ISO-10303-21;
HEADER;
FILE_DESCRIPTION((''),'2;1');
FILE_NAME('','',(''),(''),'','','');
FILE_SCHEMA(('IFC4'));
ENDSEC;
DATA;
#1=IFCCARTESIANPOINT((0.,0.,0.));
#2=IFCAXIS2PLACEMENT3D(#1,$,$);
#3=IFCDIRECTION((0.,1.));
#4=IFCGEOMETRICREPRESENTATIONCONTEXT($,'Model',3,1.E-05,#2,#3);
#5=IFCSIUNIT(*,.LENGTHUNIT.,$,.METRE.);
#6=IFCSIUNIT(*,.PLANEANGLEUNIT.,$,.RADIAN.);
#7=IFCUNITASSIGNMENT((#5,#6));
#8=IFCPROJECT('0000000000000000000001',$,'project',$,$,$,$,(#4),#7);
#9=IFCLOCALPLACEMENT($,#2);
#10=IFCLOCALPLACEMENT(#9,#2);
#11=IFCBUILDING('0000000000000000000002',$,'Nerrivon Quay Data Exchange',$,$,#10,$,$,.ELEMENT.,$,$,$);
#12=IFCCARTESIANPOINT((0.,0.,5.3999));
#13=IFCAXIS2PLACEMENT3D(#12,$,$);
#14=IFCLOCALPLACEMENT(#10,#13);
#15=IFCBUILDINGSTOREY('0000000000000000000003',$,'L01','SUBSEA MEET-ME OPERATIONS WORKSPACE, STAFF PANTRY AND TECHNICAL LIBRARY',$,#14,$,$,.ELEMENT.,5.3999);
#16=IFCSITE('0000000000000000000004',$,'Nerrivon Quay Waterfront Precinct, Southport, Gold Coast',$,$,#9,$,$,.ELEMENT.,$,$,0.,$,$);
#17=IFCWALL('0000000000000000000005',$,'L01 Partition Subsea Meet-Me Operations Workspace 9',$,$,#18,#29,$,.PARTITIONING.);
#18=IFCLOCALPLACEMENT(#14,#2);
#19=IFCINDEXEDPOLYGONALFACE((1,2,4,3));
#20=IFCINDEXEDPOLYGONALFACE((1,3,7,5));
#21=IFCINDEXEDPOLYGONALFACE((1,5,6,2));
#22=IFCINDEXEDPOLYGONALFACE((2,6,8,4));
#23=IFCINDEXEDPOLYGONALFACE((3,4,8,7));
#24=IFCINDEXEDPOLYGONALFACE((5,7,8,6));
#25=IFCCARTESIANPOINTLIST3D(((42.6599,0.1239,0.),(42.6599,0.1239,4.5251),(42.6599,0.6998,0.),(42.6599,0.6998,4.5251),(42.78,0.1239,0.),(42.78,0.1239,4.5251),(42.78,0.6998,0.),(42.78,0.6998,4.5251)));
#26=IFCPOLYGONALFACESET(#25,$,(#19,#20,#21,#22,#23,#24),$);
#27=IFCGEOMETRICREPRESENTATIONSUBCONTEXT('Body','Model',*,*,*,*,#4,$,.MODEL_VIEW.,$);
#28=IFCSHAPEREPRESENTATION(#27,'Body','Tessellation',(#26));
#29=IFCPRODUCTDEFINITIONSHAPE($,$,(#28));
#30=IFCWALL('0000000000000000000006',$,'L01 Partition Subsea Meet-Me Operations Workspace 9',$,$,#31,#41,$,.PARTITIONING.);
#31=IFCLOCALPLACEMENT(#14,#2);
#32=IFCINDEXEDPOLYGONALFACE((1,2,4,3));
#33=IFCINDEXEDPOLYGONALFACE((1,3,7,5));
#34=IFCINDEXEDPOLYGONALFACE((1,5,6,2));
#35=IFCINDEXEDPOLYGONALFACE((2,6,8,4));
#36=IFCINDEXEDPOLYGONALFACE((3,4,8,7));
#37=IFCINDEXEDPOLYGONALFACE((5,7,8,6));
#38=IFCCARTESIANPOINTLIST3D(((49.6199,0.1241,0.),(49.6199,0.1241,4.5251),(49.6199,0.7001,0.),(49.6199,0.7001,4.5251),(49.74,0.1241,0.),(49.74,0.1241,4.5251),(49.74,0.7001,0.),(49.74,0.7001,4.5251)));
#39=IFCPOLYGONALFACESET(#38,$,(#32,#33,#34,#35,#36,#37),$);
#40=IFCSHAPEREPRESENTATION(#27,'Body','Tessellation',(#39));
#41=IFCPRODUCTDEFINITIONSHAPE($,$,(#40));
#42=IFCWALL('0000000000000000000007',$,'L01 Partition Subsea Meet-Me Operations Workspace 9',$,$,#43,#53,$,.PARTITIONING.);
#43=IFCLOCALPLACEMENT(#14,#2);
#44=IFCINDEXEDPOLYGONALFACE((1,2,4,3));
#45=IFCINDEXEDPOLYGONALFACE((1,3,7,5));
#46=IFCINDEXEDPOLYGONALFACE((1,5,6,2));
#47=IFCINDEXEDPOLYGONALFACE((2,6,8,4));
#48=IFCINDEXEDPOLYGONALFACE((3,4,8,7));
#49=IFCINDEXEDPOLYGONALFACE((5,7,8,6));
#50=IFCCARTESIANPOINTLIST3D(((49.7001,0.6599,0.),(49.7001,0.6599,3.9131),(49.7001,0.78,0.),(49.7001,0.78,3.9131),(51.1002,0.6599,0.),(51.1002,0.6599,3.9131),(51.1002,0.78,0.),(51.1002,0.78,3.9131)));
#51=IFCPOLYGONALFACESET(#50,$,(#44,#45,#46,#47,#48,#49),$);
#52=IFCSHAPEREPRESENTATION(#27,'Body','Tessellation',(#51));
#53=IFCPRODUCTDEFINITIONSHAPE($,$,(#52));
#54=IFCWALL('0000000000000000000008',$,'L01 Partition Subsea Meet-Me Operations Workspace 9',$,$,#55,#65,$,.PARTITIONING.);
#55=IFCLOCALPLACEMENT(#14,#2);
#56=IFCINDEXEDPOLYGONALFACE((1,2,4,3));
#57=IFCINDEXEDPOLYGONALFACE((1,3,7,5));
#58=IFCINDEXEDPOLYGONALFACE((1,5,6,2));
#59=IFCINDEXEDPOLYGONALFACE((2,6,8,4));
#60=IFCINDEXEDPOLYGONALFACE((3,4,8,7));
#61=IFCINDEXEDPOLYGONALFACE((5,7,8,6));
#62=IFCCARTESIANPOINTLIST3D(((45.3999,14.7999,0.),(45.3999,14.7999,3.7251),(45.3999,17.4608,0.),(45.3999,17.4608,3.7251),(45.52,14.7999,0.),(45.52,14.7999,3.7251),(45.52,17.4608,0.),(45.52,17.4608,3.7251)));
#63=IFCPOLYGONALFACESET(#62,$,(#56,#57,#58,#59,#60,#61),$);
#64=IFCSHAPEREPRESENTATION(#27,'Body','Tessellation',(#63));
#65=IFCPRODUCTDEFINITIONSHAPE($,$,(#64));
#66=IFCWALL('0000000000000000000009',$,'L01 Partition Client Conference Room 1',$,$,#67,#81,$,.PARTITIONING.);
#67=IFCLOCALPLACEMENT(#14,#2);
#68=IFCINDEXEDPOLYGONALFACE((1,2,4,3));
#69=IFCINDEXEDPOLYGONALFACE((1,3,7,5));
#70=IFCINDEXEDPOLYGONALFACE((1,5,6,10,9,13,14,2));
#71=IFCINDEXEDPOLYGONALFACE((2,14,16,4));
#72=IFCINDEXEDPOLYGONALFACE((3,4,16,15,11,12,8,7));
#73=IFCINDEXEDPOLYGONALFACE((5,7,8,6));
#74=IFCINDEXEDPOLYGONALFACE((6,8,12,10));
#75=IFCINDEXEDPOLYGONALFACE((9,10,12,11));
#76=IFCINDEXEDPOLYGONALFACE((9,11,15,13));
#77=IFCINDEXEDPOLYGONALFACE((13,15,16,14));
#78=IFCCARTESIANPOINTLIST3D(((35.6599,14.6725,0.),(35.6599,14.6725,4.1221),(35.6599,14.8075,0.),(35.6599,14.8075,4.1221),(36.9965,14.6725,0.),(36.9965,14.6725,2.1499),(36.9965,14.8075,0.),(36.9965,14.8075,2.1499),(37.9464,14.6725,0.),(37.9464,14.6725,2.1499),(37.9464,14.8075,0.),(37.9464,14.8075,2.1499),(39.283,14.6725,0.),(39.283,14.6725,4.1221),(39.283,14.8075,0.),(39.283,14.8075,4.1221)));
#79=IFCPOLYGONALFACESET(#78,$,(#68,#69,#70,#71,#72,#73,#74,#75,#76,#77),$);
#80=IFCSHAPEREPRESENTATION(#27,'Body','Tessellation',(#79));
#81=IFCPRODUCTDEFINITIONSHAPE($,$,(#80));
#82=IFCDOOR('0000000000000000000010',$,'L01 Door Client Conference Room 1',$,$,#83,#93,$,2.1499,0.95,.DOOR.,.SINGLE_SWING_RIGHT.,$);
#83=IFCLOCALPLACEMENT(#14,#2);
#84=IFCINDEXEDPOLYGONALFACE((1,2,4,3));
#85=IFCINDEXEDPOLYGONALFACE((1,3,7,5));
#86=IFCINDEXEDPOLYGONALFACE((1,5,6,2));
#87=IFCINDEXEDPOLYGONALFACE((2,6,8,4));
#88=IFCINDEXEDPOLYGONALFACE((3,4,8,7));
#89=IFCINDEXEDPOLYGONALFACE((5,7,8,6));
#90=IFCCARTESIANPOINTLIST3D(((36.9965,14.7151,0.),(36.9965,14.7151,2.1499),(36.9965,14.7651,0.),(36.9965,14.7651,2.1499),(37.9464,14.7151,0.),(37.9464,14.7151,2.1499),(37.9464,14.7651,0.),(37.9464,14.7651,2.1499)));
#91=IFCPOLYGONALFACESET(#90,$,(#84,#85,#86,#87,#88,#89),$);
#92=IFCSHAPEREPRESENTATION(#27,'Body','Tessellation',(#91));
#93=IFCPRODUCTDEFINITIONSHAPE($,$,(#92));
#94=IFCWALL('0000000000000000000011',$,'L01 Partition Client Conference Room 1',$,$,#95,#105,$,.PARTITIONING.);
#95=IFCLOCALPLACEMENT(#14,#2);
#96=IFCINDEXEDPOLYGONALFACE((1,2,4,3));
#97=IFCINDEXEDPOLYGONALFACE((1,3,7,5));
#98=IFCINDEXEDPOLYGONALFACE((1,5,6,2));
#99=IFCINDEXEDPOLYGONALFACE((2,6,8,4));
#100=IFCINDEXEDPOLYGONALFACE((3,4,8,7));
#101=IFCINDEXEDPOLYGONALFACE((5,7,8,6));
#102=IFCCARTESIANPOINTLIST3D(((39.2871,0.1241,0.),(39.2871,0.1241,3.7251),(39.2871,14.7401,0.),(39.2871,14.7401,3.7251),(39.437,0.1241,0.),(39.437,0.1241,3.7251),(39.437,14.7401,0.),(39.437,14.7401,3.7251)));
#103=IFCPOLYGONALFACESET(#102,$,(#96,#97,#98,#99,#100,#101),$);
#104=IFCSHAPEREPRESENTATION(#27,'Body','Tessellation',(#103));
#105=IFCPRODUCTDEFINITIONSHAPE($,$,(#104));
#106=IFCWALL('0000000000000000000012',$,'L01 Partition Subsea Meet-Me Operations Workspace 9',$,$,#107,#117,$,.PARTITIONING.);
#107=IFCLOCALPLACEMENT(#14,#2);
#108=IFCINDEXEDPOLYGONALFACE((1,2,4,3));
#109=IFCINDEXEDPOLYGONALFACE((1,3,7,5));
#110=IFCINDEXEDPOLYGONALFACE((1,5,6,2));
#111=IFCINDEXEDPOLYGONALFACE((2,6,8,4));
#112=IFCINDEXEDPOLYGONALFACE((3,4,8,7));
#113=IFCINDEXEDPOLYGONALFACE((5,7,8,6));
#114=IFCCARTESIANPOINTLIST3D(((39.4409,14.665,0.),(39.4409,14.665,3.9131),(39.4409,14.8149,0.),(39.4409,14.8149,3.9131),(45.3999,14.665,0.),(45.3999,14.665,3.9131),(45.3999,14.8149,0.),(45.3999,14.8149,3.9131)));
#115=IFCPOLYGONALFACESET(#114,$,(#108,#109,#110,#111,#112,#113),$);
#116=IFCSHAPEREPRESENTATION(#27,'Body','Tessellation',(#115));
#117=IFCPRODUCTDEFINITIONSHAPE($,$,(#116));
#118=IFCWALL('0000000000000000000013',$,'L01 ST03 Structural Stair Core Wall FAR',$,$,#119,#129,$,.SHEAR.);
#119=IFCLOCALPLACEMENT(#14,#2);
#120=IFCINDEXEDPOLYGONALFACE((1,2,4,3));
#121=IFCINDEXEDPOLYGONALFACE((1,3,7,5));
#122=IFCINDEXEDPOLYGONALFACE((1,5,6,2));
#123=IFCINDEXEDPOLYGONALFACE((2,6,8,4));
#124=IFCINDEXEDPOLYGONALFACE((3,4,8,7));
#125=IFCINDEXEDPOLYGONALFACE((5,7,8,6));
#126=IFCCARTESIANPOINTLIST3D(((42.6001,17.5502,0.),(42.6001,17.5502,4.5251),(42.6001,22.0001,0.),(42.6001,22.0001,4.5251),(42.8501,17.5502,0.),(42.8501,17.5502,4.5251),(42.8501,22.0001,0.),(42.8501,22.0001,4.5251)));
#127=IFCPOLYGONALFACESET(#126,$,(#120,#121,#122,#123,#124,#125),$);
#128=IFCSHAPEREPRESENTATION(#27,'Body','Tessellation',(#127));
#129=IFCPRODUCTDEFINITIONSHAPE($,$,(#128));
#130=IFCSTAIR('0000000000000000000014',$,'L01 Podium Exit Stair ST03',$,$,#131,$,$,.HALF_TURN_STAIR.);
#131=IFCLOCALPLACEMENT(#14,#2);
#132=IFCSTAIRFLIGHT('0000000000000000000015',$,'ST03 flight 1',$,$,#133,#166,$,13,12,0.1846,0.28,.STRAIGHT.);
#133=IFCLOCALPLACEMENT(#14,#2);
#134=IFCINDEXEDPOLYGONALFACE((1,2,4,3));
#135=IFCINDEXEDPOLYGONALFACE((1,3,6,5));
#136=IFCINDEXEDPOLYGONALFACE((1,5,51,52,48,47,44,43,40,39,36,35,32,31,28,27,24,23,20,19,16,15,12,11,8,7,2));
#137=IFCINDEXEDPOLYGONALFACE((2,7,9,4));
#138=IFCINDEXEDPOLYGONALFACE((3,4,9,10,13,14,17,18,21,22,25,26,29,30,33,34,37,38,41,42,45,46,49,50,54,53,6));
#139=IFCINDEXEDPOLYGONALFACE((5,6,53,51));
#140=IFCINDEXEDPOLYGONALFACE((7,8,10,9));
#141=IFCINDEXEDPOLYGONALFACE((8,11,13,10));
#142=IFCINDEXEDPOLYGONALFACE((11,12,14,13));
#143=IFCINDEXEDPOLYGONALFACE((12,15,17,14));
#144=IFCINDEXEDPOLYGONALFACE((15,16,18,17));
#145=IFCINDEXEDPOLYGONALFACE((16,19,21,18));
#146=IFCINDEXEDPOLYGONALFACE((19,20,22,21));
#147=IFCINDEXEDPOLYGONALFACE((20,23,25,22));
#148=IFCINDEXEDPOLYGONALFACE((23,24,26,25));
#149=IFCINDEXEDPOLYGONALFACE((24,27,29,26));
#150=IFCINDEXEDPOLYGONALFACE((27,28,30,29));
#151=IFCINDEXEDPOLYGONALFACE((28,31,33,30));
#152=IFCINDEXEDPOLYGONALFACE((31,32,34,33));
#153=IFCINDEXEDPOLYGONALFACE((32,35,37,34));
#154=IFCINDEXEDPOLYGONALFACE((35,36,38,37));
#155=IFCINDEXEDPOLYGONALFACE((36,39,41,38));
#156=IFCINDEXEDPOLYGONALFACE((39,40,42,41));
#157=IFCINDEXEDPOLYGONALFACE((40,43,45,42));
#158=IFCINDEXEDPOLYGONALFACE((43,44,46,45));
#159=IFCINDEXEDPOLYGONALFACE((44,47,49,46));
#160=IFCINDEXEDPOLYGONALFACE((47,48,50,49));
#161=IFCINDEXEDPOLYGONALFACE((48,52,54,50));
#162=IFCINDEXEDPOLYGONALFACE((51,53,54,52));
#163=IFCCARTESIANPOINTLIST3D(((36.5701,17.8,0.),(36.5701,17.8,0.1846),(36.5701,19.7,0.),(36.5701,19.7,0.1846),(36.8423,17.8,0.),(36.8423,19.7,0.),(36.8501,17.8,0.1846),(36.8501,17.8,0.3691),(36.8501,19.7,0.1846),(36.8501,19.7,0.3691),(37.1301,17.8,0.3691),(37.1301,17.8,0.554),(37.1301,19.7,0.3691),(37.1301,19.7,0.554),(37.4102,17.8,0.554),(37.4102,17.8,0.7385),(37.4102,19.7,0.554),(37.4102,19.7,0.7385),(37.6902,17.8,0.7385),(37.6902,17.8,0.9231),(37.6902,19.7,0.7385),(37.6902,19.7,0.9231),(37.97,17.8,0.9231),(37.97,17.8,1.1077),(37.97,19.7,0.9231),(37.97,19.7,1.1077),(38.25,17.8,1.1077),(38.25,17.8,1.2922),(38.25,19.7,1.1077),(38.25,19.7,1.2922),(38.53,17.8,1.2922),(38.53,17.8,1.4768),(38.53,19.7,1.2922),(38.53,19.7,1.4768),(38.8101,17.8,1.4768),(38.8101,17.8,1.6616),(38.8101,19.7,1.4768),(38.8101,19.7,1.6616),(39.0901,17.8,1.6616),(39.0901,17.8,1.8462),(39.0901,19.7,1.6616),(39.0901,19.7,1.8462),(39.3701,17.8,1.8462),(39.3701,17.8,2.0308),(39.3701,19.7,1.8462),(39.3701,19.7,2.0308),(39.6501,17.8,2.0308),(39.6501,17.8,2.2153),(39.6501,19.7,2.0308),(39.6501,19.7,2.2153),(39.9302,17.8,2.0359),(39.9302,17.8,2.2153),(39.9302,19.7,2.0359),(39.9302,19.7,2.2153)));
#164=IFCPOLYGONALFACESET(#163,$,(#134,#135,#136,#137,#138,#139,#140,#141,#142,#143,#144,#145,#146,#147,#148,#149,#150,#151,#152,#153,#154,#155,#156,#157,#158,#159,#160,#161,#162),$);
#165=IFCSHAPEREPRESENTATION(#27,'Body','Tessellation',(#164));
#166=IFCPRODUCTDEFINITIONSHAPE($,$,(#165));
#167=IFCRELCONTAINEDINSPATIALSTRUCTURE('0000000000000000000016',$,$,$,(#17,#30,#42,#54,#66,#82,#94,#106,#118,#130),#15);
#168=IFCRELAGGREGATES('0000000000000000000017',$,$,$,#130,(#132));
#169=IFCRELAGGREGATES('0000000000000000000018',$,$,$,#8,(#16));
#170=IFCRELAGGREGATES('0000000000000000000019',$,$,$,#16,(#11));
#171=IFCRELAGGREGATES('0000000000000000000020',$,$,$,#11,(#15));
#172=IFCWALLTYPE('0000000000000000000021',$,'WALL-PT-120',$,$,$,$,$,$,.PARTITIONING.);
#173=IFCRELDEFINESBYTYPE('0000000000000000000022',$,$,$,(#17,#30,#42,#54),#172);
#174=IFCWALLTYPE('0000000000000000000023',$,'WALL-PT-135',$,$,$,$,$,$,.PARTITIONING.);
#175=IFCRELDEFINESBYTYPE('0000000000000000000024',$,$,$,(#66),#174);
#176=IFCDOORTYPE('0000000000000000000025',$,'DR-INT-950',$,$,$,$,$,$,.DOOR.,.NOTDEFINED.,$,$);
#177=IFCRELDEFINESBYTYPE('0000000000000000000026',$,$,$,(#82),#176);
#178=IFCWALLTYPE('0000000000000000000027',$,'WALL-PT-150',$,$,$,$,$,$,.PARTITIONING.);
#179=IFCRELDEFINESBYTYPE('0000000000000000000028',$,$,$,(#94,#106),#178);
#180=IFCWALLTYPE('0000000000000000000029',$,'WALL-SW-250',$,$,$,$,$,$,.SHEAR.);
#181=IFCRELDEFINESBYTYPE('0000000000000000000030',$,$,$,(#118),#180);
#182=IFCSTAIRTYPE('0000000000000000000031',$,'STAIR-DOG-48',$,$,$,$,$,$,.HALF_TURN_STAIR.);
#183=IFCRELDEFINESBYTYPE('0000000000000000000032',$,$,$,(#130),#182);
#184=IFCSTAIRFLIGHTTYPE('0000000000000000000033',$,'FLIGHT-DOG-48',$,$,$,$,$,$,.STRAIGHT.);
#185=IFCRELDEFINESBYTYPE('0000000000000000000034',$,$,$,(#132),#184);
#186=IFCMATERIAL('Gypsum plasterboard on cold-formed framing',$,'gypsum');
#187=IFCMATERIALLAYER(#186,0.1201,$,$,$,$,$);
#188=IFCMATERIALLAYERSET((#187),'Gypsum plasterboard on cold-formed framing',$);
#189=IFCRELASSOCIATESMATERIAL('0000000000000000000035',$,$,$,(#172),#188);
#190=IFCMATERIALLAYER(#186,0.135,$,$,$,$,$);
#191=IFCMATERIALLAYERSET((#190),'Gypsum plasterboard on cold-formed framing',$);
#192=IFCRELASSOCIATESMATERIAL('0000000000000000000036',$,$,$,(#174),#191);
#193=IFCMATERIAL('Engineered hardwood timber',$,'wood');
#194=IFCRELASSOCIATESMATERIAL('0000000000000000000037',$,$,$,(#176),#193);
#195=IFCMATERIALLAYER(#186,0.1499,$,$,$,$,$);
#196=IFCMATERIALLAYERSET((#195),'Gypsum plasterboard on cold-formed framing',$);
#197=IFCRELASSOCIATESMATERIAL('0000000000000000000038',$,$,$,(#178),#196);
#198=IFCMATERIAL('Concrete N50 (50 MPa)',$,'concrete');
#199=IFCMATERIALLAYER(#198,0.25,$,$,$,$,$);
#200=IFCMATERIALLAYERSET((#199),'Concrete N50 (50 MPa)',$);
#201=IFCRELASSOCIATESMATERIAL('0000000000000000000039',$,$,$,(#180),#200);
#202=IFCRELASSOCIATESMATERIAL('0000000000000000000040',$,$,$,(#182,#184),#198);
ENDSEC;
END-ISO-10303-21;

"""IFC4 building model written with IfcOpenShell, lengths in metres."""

from ifc_helpers import new_model, si_unit, direction, frame, frame_2d, origin, place, context, subcontext, project, spatial, polyline, rectangle, outline, extrude, material, layer, layer_set, type_object, element, fill, aggregate, save


model = new_model("IFC4")

# Units and contexts
model_context = context("Model", 3, precision=1e-05, world=origin(), true_north=direction((0.0, 1.0)))
body_context = subcontext(model_context, "Body", "Model", "MODEL_VIEW")
ifc_project = project(units=[si_unit("LENGTHUNIT", "METRE"), si_unit("PLANEANGLEUNIT", "RADIAN")], contexts=[model_context])

# Site, building, storey
site_placement = place(None, origin())
site = spatial("IfcSite", under=ifc_project, at=site_placement, Name="Nerrivon Quay Waterfront Precinct, Southport, Gold Coast", CompositionType="ELEMENT", RefElevation=0.0)
building_placement = place(site_placement, origin())
building = spatial("IfcBuilding", under=site, at=building_placement, Name="Nerrivon Quay Data Exchange", CompositionType="ELEMENT")
storey_placement = place(building_placement, frame((0.0, 0.0, 5.3999)))
storey = spatial("IfcBuildingStorey", under=building, at=storey_placement, Name="L01", Description="SUBSEA MEET-ME OPERATIONS WORKSPACE, STAFF PANTRY AND TECHNICAL LIBRARY", CompositionType="ELEMENT", Elevation=5.3999)

# Walls
ifc_material_1 = material(Name="Gypsum plasterboard on cold-formed framing", Category="gypsum")
ifc_layer_1 = layer(ifc_material_1, 0.1201)
ifc_layer_set_1 = layer_set([ifc_layer_1], Name="Gypsum plasterboard on cold-formed framing")
wall_type_1 = type_object("IfcWallType", Name="WALL-PT-120", PredefinedType="PARTITIONING", material=ifc_layer_set_1)
for number, where, z_axis, x_axis, name in (
    (1, (42.72, 0.7, 0.0), (0.0, 0.0, 1.0), (0.0, -1.0, 0.0), "L01 Partition Subsea Meet-Me Operations Workspace 9"),
    (2, (49.6799, 0.124, 0.0), (0.0, 0.0, 1.0), (0.0, 1.0, 0.0), "L01 Partition Subsea Meet-Me Operations Workspace 9"),
):
    element("IfcWall", number, at=place(storey_placement, frame(where, z_axis=z_axis, x_axis=x_axis)), inside=storey, type_object=wall_type_1, Name=name, PredefinedType="PARTITIONING", context=body_context, shape_type="SweptSolid", body=[
        extrude(rectangle(XDim=0.5759, YDim=0.1201, at=frame_2d((0.2881, 0.0))), origin(), (0.0, 0.0, 1.0), 4.5251),
    ])
wall_1_placement = place(storey_placement, frame((49.7, 0.72, 0.0), z_axis=(0.0, 0.0, 1.0), x_axis=(1.0, 0.0, 0.0)))
element("IfcWall", 3, at=wall_1_placement, inside=storey, type_object=wall_type_1, Name="L01 Partition Subsea Meet-Me Operations Workspace 9", PredefinedType="PARTITIONING", context=body_context, shape_type="SweptSolid", body=[
    extrude(rectangle(XDim=1.4001, YDim=0.1201, at=frame_2d((0.7002, 0.0))), origin(), (0.0, 0.0, 1.0), 3.9131),
])
wall_2_placement = place(storey_placement, frame((45.46, 17.4609, 0.0), z_axis=(0.0, 0.0, 1.0), x_axis=(0.0, -1.0, 0.0)))
element("IfcWall", 4, at=wall_2_placement, inside=storey, type_object=wall_type_1, Name="L01 Partition Subsea Meet-Me Operations Workspace 9", PredefinedType="PARTITIONING", context=body_context, shape_type="SweptSolid", body=[
    extrude(rectangle(XDim=2.6609, YDim=0.1201, at=frame_2d((1.3306, 0.0))), origin(), (0.0, 0.0, 1.0), 3.7251),
])

# Wall, opening, door
ifc_layer_2 = layer(ifc_material_1, 0.135)
ifc_layer_set_2 = layer_set([ifc_layer_2], Name="Gypsum plasterboard on cold-formed framing")
wall_type_2 = type_object("IfcWallType", Name="WALL-PT-135", PredefinedType="PARTITIONING", material=ifc_layer_set_2)
wall_3_placement = place(storey_placement, frame((39.283, 14.74, 0.0), z_axis=(0.0, 0.0, 1.0), x_axis=(-1.0, 0.0, 0.0)))
wall_3 = element("IfcWall", 5, at=wall_3_placement, inside=storey, type_object=wall_type_2, Name="L01 Partition Client Conference Room 1", PredefinedType="PARTITIONING", context=body_context, shape_type="SweptSolid", body=[
    extrude(rectangle(XDim=3.623, YDim=0.135, at=frame_2d((1.8115, 0.0))), origin(), (0.0, 0.0, 1.0), 4.1221),
])
opening_1_placement = place(wall_3_placement, frame((1.3364, 0.0, 0.0)))
opening_1 = element("IfcOpeningElement", 6, at=opening_1_placement, cuts=wall_3, PredefinedType="OPENING", context=body_context, shape_type="SweptSolid", body=[
    extrude(rectangle(XDim=0.95, YDim=2.1499, at=frame_2d((0.4751, 1.075))), frame((0.0, 0.0774, 0.0), z_axis=(0.0, -1.0, 0.0), x_axis=(1.0, 0.0, 0.0)), (0.0, 0.0, 1.0), 0.155),
])
ifc_material_2 = material(Name="Engineered hardwood timber", Category="wood")
door_type = type_object("IfcDoorType", Name="DR-INT-950", OperationType="NOTDEFINED", PredefinedType="DOOR", material=ifc_material_2)
door_placement = place(opening_1_placement, origin())
door = element("IfcDoor", 7, at=door_placement, inside=storey, type_object=door_type, Name="L01 Door Client Conference Room 1", OperationType="SINGLE_SWING_RIGHT", OverallHeight=2.1499, OverallWidth=0.95, PredefinedType="DOOR", context=body_context, shape_type="SweptSolid", body=[
    extrude(rectangle(XDim=0.95, YDim=2.1499, at=frame_2d((0.4751, 1.075))), frame((0.0, 0.0249, 0.0), z_axis=(0.0, -1.0, 0.0), x_axis=(1.0, 0.0, 0.0)), (0.0, 0.0, 1.0), 0.05),
])
fill(opening_1, door)

# Walls
ifc_layer_3 = layer(ifc_material_1, 0.1499)
ifc_layer_set_3 = layer_set([ifc_layer_3], Name="Gypsum plasterboard on cold-formed framing")
wall_type_3 = type_object("IfcWallType", Name="WALL-PT-150", PredefinedType="PARTITIONING", material=ifc_layer_set_3)
wall_4_placement = place(storey_placement, frame((39.3621, 0.124, 0.0), z_axis=(0.0, 0.0, 1.0), x_axis=(0.0, 1.0, 0.0)))
element("IfcWall", 8, at=wall_4_placement, inside=storey, type_object=wall_type_3, Name="L01 Partition Client Conference Room 1", PredefinedType="PARTITIONING", context=body_context, shape_type="SweptSolid", body=[
    extrude(rectangle(XDim=14.616, YDim=0.1499, at=frame_2d((7.3081, 0.0))), origin(), (0.0, 0.0, 1.0), 3.7251),
])
wall_5_placement = place(storey_placement, frame((45.3999, 14.74, 0.0), z_axis=(0.0, 0.0, 1.0), x_axis=(-1.0, 0.0, 0.0)))
element("IfcWall", 9, at=wall_5_placement, inside=storey, type_object=wall_type_3, Name="L01 Partition Subsea Meet-Me Operations Workspace 9", PredefinedType="PARTITIONING", context=body_context, shape_type="SweptSolid", body=[
    extrude(rectangle(XDim=5.959, YDim=0.1499, at=frame_2d((2.9795, 0.0))), origin(), (0.0, 0.0, 1.0), 3.9131),
])
ifc_material_3 = material(Name="Concrete N50 (50 MPa)", Category="concrete")
ifc_layer_4 = layer(ifc_material_3, 0.25)
ifc_layer_set_4 = layer_set([ifc_layer_4], Name="Concrete N50 (50 MPa)")
wall_type_4 = type_object("IfcWallType", Name="WALL-SW-250", PredefinedType="SHEAR", material=ifc_layer_set_4)
wall_6_placement = place(storey_placement, frame((42.7251, 17.55, 0.0), z_axis=(0.0, 0.0, 1.0), x_axis=(0.0, 1.0, 0.0)))
element("IfcWall", 10, at=wall_6_placement, inside=storey, type_object=wall_type_4, Name="L01 ST03 Structural Stair Core Wall FAR", PredefinedType="SHEAR", context=body_context, shape_type="SweptSolid", body=[
    extrude(rectangle(XDim=4.45, YDim=0.25, at=frame_2d((2.2251, 0.0))), origin(), (0.0, 0.0, 1.0), 4.5251),
])

# Stair, stair flight
stair_type = type_object("IfcStairType", Name="STAIR-DOG-48", PredefinedType="HALF_TURN_STAIR", material=ifc_material_3)
stair_placement = place(storey_placement, origin())
stair = element("IfcStair", 11, at=stair_placement, inside=storey, type_object=stair_type, Name="L01 Podium Exit Stair ST03", PredefinedType="HALF_TURN_STAIR")
stair_flight_type = type_object("IfcStairFlightType", Name="FLIGHT-DOG-48", PredefinedType="STRAIGHT", material=ifc_material_3)
stair_flight_placement = place(storey_placement, frame((36.5701, 18.75, 0.0), z_axis=(0.0, 0.0, 1.0), x_axis=(1.0, 0.0, 0.0)))
stair_flight = element("IfcStairFlight", 12, at=stair_flight_placement, type_object=stair_flight_type, Name="ST03 flight 1", NumberOfRisers=13, NumberOfTreads=12, PredefinedType="STRAIGHT", RiserHeight=0.1846, TreadLength=0.28, context=body_context, shape_type="SweptSolid", body=[
    extrude(outline(polyline([(0.0, 0.0), (0.0, 0.1846), (0.28, 0.1846), (0.28, 0.3691), (0.5601, 0.3691), (0.5601, 0.554), (0.8401, 0.554), (0.8401, 0.7385), (1.1201, 0.7385), (1.1201, 0.9231), (1.3999, 0.9231), (1.3999, 1.1077), (1.6799, 1.1077), (1.6799, 1.2922), (1.96, 1.2922), (1.96, 1.4768), (2.24, 1.4768), (2.24, 1.6616), (2.52, 1.6616), (2.52, 1.8462), (2.8, 1.8462), (2.8, 2.0308), (3.0801, 2.0308), (3.0801, 2.2153), (3.3601, 2.2153), (3.3601, 2.3999), (3.3601, 2.0359), (0.2722, 0.0), (0.0, 0.0)])), frame((0.0, 0.95, 0.0), z_axis=(0.0, -1.0, 0.0), x_axis=(1.0, 0.0, 0.0)), (0.0, 0.0, 1.0), 1.8999),
])
aggregate(stair, [stair_flight])

save(model, "model.ifc")
